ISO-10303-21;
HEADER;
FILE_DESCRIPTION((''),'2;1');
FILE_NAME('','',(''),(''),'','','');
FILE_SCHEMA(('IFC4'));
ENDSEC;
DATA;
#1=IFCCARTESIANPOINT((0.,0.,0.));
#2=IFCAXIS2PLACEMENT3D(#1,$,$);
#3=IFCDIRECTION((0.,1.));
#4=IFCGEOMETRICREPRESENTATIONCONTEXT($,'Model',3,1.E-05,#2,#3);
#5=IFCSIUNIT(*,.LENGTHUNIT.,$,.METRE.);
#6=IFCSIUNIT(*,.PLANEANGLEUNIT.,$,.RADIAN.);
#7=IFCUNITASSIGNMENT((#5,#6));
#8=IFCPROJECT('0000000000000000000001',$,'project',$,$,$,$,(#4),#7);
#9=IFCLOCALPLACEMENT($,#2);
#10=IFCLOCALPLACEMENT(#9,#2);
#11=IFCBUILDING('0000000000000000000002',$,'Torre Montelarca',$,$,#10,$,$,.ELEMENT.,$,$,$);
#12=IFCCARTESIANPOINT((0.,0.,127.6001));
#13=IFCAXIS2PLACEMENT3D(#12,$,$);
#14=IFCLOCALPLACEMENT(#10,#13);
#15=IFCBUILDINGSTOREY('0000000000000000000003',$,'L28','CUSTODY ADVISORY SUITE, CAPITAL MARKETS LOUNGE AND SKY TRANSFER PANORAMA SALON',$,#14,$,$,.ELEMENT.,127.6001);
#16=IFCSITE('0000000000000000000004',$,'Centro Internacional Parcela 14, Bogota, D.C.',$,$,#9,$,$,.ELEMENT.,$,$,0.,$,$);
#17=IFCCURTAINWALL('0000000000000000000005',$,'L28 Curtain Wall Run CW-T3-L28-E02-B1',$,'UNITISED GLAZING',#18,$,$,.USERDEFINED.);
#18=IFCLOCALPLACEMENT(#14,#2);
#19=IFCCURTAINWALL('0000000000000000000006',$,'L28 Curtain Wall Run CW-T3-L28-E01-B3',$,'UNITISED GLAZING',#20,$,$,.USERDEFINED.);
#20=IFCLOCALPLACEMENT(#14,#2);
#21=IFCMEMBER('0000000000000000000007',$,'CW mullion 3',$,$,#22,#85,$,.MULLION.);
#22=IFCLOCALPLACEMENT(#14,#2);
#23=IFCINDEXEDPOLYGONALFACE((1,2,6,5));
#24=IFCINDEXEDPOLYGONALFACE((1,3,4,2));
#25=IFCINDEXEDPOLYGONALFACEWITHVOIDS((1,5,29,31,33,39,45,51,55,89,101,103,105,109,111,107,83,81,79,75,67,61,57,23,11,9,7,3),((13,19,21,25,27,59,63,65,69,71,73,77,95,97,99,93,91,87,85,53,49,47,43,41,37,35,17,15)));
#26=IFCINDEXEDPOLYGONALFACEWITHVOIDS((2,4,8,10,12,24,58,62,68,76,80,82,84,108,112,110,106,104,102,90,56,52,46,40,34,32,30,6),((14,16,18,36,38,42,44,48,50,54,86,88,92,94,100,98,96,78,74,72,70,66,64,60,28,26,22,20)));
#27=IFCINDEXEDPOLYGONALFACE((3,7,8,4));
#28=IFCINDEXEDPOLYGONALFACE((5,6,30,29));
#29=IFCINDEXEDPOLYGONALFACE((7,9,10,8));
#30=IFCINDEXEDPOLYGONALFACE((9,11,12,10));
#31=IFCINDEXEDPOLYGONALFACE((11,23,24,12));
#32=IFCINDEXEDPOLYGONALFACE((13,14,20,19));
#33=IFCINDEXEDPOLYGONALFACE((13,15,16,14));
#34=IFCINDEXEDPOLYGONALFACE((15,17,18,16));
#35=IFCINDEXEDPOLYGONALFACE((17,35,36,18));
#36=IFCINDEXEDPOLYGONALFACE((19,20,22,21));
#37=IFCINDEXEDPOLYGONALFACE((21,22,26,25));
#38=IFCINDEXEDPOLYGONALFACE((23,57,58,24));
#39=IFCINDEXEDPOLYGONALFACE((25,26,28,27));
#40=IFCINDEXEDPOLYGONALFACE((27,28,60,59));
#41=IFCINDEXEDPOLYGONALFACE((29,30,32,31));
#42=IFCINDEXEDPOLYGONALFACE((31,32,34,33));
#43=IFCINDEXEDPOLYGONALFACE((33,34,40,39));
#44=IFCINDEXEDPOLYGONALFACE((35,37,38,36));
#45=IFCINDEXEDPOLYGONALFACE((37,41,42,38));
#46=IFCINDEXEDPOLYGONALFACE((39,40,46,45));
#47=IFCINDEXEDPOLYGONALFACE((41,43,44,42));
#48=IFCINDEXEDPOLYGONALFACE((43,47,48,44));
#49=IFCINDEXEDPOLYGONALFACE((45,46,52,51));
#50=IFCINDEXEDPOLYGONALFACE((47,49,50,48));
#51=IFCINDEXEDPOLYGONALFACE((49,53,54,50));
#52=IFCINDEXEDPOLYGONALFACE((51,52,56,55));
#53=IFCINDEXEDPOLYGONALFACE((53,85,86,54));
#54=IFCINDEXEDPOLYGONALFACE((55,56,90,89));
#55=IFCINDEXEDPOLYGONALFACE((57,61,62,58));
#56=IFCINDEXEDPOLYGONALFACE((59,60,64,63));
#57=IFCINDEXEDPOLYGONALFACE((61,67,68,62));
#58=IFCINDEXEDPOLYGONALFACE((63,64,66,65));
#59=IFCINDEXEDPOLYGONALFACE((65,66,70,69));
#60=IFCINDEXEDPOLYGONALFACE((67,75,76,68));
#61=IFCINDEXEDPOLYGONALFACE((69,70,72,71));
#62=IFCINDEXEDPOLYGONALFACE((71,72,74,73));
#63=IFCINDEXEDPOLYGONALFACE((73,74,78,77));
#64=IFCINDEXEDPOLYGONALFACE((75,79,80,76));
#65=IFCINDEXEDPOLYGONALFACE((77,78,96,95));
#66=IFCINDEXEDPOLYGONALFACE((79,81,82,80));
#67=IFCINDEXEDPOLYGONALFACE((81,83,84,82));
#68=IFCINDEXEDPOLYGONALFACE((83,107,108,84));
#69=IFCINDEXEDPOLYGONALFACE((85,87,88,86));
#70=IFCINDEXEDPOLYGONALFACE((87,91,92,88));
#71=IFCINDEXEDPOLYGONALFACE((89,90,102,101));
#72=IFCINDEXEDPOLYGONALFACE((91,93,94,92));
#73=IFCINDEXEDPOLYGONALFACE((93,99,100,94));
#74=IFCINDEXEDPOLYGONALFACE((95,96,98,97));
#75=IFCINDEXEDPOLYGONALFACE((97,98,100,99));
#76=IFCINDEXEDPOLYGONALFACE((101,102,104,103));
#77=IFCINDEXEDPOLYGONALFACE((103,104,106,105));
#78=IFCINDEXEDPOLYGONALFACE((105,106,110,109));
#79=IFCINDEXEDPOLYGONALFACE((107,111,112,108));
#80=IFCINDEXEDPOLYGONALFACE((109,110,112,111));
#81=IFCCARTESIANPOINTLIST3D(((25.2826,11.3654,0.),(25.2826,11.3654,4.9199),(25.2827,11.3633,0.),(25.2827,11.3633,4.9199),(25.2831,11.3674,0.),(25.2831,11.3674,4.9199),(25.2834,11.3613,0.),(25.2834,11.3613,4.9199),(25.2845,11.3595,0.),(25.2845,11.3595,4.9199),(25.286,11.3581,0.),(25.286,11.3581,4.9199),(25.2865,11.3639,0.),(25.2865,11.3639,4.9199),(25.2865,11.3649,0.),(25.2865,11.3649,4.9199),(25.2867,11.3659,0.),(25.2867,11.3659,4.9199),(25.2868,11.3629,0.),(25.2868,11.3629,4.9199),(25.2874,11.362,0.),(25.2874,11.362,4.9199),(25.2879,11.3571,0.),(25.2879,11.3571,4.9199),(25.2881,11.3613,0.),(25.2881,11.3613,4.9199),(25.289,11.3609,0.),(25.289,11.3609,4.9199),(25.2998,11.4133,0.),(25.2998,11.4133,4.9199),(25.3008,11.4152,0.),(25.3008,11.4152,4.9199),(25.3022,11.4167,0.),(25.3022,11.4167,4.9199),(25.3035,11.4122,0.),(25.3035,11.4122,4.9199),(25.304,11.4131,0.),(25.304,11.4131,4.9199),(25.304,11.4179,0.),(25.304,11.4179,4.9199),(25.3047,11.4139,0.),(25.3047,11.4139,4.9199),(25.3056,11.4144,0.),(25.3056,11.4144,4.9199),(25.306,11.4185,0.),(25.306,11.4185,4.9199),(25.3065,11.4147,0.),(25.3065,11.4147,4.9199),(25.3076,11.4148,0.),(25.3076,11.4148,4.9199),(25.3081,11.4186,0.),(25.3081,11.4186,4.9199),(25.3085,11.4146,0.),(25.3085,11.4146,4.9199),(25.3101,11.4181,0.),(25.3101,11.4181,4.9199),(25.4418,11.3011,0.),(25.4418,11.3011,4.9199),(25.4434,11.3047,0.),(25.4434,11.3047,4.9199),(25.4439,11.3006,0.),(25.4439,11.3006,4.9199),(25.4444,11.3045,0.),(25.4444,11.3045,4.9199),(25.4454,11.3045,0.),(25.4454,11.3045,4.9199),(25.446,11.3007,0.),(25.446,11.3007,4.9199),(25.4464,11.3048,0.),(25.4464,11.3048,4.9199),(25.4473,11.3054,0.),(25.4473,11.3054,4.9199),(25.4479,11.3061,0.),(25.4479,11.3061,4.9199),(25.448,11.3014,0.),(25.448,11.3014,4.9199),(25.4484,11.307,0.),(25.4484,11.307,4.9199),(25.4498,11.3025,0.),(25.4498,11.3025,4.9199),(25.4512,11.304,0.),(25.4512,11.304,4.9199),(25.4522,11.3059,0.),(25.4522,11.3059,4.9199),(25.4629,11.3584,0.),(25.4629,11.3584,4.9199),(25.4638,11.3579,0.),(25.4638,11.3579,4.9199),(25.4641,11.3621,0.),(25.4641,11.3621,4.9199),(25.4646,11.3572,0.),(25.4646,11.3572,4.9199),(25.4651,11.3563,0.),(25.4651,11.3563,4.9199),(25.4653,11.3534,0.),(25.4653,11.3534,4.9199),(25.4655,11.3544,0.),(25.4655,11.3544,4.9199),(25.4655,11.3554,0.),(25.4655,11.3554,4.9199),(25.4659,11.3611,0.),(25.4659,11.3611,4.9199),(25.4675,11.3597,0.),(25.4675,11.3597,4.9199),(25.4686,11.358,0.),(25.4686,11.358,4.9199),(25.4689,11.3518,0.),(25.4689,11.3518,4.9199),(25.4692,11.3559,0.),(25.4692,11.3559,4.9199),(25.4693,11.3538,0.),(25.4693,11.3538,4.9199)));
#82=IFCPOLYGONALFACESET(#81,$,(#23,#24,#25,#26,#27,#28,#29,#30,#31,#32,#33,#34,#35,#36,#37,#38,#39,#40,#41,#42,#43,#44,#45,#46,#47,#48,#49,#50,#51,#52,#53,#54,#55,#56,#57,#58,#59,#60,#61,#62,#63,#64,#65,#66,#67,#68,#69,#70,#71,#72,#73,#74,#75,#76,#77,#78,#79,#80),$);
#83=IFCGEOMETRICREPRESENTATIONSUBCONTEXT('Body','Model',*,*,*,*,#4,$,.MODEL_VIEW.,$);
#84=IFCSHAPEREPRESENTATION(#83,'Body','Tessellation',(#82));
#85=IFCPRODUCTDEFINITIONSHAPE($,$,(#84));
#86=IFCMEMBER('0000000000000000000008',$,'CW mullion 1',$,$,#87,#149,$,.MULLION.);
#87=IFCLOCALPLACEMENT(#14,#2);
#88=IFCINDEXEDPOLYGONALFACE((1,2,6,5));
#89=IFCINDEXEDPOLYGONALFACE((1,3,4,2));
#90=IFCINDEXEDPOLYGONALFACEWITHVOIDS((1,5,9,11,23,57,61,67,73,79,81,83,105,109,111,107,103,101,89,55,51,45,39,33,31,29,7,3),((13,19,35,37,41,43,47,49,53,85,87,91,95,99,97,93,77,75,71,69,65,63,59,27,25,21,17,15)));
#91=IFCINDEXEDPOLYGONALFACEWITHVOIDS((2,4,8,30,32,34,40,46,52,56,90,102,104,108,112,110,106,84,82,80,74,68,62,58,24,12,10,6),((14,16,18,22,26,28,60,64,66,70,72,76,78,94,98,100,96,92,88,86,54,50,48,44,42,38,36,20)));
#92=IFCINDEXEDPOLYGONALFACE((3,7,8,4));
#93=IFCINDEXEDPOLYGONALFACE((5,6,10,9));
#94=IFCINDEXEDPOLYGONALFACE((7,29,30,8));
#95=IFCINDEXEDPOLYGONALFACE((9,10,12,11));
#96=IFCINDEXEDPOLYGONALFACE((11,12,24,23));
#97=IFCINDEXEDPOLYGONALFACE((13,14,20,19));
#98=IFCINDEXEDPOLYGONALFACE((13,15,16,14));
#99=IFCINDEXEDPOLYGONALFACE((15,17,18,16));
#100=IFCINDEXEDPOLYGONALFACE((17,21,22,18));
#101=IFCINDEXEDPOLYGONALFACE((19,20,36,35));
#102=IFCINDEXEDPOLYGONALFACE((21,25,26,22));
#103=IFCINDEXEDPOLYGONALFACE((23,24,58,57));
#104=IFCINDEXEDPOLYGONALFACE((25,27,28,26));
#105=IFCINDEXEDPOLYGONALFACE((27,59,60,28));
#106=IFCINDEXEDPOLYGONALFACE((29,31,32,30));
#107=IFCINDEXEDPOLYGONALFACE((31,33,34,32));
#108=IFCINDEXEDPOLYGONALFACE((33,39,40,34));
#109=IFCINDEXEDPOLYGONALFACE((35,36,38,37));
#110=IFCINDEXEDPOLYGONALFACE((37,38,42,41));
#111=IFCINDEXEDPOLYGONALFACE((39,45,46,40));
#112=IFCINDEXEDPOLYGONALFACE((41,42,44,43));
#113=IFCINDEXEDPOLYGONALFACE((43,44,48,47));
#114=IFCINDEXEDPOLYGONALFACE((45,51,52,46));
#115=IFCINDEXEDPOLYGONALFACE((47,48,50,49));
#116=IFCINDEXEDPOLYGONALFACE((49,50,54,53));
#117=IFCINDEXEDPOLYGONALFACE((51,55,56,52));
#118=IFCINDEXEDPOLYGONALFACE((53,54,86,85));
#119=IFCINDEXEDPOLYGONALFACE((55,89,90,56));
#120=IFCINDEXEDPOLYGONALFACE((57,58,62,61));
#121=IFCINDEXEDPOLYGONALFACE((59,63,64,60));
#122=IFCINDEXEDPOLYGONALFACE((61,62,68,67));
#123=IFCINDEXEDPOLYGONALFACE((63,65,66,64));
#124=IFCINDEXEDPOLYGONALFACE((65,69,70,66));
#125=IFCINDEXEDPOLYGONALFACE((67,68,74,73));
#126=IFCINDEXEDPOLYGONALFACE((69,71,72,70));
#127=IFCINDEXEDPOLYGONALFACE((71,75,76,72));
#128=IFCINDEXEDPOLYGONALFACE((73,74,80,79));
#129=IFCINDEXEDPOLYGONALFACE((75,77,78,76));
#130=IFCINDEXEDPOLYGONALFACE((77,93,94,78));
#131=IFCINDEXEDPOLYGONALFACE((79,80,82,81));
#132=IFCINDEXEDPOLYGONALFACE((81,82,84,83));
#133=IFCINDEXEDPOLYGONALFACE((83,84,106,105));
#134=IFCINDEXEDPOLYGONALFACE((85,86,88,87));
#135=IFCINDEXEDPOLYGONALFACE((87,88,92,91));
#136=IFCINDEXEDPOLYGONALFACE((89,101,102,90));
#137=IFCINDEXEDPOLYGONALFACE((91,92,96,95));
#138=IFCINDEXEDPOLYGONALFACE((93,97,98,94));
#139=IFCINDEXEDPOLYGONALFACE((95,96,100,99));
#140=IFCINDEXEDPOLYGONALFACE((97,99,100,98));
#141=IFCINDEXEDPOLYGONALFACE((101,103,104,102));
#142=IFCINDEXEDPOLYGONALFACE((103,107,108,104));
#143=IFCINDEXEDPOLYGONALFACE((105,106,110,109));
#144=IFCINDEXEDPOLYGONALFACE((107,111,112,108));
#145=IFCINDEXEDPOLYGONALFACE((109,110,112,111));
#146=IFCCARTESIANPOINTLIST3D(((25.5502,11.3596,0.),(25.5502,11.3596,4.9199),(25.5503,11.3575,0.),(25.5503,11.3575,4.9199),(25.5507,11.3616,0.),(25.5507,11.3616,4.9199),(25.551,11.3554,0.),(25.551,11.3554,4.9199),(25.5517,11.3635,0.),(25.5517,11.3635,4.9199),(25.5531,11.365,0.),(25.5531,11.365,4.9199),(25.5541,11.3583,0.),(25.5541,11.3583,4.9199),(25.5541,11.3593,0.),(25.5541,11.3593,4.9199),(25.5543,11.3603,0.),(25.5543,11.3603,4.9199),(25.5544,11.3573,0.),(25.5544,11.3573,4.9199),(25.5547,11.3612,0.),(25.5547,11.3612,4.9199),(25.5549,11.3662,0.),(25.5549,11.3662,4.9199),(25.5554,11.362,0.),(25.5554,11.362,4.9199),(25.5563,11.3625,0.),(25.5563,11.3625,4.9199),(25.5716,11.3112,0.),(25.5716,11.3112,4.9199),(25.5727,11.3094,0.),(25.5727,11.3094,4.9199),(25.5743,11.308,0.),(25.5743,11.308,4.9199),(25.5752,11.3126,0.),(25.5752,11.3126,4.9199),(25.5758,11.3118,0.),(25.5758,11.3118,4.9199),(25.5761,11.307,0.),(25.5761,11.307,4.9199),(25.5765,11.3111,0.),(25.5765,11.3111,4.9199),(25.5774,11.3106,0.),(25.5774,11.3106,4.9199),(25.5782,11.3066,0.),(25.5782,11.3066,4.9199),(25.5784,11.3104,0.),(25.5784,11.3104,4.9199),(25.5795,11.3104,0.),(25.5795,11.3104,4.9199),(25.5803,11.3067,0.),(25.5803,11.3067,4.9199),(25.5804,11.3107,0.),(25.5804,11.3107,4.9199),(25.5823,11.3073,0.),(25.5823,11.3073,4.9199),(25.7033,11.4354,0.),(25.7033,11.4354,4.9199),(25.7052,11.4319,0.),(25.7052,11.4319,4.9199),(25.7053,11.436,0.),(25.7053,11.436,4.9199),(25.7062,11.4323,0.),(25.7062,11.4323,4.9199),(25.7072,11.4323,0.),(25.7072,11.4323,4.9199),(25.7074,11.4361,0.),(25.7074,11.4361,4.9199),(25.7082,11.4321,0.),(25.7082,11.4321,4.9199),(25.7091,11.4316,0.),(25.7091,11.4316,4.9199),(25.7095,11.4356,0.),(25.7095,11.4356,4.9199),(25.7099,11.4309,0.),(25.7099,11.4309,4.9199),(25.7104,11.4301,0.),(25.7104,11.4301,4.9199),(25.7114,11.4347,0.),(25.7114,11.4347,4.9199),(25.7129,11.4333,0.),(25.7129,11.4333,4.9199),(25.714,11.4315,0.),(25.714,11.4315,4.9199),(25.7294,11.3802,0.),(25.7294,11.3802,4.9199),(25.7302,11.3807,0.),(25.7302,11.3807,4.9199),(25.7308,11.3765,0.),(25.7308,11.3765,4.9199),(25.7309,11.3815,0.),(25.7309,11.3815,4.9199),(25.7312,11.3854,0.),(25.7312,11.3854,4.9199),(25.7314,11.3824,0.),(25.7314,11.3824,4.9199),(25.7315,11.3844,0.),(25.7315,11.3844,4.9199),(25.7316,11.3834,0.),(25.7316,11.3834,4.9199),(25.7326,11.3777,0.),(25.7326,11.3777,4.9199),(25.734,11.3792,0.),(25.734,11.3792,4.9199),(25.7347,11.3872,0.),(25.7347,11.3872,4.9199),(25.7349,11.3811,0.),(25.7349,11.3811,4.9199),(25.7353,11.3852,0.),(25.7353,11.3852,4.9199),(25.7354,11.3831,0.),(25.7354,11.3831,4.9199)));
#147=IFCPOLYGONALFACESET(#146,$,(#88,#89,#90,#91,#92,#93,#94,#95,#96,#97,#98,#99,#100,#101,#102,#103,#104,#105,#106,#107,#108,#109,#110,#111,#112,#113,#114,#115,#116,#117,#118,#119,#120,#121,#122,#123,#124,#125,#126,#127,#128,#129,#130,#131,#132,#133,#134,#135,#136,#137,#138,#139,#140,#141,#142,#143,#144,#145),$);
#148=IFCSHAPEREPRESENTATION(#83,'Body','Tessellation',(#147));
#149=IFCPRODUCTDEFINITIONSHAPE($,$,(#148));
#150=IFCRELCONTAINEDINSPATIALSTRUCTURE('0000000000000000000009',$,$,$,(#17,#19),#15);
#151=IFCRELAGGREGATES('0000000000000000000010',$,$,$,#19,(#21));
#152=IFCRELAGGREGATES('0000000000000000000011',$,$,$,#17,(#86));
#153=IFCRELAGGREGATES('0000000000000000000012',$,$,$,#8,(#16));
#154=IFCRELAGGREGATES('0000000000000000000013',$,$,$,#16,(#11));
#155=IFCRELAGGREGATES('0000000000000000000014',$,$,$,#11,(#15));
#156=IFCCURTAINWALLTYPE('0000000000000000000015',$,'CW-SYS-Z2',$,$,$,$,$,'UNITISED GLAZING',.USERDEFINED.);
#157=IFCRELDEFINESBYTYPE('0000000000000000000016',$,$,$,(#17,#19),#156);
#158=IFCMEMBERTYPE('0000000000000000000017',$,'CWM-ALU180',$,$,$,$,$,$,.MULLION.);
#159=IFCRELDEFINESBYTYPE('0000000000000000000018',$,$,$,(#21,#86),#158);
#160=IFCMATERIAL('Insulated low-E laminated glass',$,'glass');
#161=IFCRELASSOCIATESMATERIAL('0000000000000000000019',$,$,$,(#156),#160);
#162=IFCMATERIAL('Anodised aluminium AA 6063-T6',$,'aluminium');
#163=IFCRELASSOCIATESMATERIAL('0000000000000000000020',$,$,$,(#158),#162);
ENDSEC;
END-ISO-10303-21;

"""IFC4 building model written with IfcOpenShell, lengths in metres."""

from ifc_helpers import new_model, si_unit, direction, frame, origin, origin_2d, place, context, subcontext, project, spatial, hollow_rectangle, extrude, source, transform, mapped, material, material_profile, profile_set, type_object, element, aggregate, save


model = new_model("IFC4")

# Units and contexts
model_context = context("Model", 3, precision=1e-05, world=origin(), true_north=direction((0.0, 1.0)))
body_context = subcontext(model_context, "Body", "Model", "MODEL_VIEW")
ifc_project = project(units=[si_unit("LENGTHUNIT", "METRE"), si_unit("PLANEANGLEUNIT", "RADIAN")], contexts=[model_context])

# Site, building, storey
site_placement = place(None, origin())
site = spatial("IfcSite", under=ifc_project, at=site_placement, Name="Centro Internacional Parcela 14, Bogota, D.C.", CompositionType="ELEMENT", RefElevation=0.0)
building_placement = place(site_placement, origin())
building = spatial("IfcBuilding", under=site, at=building_placement, Name="Torre Montelarca", CompositionType="ELEMENT")
storey_placement = place(building_placement, frame((0.0, 0.0, 127.6001)))
storey = spatial("IfcBuildingStorey", under=building, at=storey_placement, Name="L28", Description="CUSTODY ADVISORY SUITE, CAPITAL MARKETS LOUNGE AND SKY TRANSFER PANORAMA SALON", CompositionType="ELEMENT", Elevation=127.6001)

# Curtain walls, member
ifc_material_1 = material(Name="Insulated low-E laminated glass", Category="glass")
curtain_wall_type = type_object("IfcCurtainWallType", Name="CW-SYS-Z2", ElementType="UNITISED GLAZING", PredefinedType="USERDEFINED", material=ifc_material_1)
curtain_wall_1_placement = place(storey_placement, origin())
curtain_wall_1 = element("IfcCurtainWall", 1, at=curtain_wall_1_placement, inside=storey, type_object=curtain_wall_type, Name="L28 Curtain Wall Run CW-T3-L28-E02-B1", ObjectType="UNITISED GLAZING", PredefinedType="USERDEFINED")
ifc_material_2 = material(Name="Anodised aluminium AA 6063-T6", Category="aluminium")
curtain_wall_2_placement = place(storey_placement, origin())
curtain_wall_2 = element("IfcCurtainWall", 2, at=curtain_wall_2_placement, inside=storey, type_object=curtain_wall_type, Name="L28 Curtain Wall Run CW-T3-L28-E01-B3", ObjectType="UNITISED GLAZING", PredefinedType="USERDEFINED")
ifc_material_profile_1 = material_profile(ifc_material_2, hollow_rectangle(XDim=0.0649, YDim=0.1799, WallThickness=0.0039, InnerFilletRadius=0.0039, OuterFilletRadius=0.0081, at=origin_2d()), Name="ALU65X180X4", Category="aluminium")
ifc_profile_set_1 = profile_set([ifc_material_profile_1], Name="Anodised aluminium AA 6063-T6")
member_type_1 = type_object("IfcMemberType", Name="CWM-ALU180", PredefinedType="MULLION", material=ifc_profile_set_1)
shared_shape_1 = source(origin(), body_context, "Body", "SweptSolid", [
    extrude(hollow_rectangle(XDim=0.0649, YDim=0.1799, WallThickness=0.0039, InnerFilletRadius=0.0039, OuterFilletRadius=0.0081, at=origin_2d()), origin(), (0.0, 0.0, 1.0), 4.9199),
])
member_1_placement = place(storey_placement, frame((25.376, 11.3596, 0.0), z_axis=(0.0, 0.0, 1.0), x_axis=(0.342023, 0.939692, 0.0)))
member_1 = element("IfcMember", 3, at=member_1_placement, type_object=member_type_1, Name="CW mullion 3", PredefinedType="MULLION", context=body_context, shape_type="MappedRepresentation", body=[
    mapped(shared_shape_1, transform((0.0, 0.0, 0.0), scale=1.0)),
])

# Member
member_2_placement = place(storey_placement, frame((25.6428, 11.3713, 0.0), z_axis=(0.0, 0.0, 1.0), x_axis=(-0.422589, 0.906321, 0.0)))
member_2 = element("IfcMember", 4, at=member_2_placement, type_object=member_type_1, Name="CW mullion 1", PredefinedType="MULLION", context=body_context, shape_type="MappedRepresentation", body=[
    mapped(shared_shape_1, transform((0.0, 0.0, 0.0), scale=1.0)),
])

aggregate(curtain_wall_2, [member_1])
aggregate(curtain_wall_1, [member_2])

save(model, "model.ifc")
